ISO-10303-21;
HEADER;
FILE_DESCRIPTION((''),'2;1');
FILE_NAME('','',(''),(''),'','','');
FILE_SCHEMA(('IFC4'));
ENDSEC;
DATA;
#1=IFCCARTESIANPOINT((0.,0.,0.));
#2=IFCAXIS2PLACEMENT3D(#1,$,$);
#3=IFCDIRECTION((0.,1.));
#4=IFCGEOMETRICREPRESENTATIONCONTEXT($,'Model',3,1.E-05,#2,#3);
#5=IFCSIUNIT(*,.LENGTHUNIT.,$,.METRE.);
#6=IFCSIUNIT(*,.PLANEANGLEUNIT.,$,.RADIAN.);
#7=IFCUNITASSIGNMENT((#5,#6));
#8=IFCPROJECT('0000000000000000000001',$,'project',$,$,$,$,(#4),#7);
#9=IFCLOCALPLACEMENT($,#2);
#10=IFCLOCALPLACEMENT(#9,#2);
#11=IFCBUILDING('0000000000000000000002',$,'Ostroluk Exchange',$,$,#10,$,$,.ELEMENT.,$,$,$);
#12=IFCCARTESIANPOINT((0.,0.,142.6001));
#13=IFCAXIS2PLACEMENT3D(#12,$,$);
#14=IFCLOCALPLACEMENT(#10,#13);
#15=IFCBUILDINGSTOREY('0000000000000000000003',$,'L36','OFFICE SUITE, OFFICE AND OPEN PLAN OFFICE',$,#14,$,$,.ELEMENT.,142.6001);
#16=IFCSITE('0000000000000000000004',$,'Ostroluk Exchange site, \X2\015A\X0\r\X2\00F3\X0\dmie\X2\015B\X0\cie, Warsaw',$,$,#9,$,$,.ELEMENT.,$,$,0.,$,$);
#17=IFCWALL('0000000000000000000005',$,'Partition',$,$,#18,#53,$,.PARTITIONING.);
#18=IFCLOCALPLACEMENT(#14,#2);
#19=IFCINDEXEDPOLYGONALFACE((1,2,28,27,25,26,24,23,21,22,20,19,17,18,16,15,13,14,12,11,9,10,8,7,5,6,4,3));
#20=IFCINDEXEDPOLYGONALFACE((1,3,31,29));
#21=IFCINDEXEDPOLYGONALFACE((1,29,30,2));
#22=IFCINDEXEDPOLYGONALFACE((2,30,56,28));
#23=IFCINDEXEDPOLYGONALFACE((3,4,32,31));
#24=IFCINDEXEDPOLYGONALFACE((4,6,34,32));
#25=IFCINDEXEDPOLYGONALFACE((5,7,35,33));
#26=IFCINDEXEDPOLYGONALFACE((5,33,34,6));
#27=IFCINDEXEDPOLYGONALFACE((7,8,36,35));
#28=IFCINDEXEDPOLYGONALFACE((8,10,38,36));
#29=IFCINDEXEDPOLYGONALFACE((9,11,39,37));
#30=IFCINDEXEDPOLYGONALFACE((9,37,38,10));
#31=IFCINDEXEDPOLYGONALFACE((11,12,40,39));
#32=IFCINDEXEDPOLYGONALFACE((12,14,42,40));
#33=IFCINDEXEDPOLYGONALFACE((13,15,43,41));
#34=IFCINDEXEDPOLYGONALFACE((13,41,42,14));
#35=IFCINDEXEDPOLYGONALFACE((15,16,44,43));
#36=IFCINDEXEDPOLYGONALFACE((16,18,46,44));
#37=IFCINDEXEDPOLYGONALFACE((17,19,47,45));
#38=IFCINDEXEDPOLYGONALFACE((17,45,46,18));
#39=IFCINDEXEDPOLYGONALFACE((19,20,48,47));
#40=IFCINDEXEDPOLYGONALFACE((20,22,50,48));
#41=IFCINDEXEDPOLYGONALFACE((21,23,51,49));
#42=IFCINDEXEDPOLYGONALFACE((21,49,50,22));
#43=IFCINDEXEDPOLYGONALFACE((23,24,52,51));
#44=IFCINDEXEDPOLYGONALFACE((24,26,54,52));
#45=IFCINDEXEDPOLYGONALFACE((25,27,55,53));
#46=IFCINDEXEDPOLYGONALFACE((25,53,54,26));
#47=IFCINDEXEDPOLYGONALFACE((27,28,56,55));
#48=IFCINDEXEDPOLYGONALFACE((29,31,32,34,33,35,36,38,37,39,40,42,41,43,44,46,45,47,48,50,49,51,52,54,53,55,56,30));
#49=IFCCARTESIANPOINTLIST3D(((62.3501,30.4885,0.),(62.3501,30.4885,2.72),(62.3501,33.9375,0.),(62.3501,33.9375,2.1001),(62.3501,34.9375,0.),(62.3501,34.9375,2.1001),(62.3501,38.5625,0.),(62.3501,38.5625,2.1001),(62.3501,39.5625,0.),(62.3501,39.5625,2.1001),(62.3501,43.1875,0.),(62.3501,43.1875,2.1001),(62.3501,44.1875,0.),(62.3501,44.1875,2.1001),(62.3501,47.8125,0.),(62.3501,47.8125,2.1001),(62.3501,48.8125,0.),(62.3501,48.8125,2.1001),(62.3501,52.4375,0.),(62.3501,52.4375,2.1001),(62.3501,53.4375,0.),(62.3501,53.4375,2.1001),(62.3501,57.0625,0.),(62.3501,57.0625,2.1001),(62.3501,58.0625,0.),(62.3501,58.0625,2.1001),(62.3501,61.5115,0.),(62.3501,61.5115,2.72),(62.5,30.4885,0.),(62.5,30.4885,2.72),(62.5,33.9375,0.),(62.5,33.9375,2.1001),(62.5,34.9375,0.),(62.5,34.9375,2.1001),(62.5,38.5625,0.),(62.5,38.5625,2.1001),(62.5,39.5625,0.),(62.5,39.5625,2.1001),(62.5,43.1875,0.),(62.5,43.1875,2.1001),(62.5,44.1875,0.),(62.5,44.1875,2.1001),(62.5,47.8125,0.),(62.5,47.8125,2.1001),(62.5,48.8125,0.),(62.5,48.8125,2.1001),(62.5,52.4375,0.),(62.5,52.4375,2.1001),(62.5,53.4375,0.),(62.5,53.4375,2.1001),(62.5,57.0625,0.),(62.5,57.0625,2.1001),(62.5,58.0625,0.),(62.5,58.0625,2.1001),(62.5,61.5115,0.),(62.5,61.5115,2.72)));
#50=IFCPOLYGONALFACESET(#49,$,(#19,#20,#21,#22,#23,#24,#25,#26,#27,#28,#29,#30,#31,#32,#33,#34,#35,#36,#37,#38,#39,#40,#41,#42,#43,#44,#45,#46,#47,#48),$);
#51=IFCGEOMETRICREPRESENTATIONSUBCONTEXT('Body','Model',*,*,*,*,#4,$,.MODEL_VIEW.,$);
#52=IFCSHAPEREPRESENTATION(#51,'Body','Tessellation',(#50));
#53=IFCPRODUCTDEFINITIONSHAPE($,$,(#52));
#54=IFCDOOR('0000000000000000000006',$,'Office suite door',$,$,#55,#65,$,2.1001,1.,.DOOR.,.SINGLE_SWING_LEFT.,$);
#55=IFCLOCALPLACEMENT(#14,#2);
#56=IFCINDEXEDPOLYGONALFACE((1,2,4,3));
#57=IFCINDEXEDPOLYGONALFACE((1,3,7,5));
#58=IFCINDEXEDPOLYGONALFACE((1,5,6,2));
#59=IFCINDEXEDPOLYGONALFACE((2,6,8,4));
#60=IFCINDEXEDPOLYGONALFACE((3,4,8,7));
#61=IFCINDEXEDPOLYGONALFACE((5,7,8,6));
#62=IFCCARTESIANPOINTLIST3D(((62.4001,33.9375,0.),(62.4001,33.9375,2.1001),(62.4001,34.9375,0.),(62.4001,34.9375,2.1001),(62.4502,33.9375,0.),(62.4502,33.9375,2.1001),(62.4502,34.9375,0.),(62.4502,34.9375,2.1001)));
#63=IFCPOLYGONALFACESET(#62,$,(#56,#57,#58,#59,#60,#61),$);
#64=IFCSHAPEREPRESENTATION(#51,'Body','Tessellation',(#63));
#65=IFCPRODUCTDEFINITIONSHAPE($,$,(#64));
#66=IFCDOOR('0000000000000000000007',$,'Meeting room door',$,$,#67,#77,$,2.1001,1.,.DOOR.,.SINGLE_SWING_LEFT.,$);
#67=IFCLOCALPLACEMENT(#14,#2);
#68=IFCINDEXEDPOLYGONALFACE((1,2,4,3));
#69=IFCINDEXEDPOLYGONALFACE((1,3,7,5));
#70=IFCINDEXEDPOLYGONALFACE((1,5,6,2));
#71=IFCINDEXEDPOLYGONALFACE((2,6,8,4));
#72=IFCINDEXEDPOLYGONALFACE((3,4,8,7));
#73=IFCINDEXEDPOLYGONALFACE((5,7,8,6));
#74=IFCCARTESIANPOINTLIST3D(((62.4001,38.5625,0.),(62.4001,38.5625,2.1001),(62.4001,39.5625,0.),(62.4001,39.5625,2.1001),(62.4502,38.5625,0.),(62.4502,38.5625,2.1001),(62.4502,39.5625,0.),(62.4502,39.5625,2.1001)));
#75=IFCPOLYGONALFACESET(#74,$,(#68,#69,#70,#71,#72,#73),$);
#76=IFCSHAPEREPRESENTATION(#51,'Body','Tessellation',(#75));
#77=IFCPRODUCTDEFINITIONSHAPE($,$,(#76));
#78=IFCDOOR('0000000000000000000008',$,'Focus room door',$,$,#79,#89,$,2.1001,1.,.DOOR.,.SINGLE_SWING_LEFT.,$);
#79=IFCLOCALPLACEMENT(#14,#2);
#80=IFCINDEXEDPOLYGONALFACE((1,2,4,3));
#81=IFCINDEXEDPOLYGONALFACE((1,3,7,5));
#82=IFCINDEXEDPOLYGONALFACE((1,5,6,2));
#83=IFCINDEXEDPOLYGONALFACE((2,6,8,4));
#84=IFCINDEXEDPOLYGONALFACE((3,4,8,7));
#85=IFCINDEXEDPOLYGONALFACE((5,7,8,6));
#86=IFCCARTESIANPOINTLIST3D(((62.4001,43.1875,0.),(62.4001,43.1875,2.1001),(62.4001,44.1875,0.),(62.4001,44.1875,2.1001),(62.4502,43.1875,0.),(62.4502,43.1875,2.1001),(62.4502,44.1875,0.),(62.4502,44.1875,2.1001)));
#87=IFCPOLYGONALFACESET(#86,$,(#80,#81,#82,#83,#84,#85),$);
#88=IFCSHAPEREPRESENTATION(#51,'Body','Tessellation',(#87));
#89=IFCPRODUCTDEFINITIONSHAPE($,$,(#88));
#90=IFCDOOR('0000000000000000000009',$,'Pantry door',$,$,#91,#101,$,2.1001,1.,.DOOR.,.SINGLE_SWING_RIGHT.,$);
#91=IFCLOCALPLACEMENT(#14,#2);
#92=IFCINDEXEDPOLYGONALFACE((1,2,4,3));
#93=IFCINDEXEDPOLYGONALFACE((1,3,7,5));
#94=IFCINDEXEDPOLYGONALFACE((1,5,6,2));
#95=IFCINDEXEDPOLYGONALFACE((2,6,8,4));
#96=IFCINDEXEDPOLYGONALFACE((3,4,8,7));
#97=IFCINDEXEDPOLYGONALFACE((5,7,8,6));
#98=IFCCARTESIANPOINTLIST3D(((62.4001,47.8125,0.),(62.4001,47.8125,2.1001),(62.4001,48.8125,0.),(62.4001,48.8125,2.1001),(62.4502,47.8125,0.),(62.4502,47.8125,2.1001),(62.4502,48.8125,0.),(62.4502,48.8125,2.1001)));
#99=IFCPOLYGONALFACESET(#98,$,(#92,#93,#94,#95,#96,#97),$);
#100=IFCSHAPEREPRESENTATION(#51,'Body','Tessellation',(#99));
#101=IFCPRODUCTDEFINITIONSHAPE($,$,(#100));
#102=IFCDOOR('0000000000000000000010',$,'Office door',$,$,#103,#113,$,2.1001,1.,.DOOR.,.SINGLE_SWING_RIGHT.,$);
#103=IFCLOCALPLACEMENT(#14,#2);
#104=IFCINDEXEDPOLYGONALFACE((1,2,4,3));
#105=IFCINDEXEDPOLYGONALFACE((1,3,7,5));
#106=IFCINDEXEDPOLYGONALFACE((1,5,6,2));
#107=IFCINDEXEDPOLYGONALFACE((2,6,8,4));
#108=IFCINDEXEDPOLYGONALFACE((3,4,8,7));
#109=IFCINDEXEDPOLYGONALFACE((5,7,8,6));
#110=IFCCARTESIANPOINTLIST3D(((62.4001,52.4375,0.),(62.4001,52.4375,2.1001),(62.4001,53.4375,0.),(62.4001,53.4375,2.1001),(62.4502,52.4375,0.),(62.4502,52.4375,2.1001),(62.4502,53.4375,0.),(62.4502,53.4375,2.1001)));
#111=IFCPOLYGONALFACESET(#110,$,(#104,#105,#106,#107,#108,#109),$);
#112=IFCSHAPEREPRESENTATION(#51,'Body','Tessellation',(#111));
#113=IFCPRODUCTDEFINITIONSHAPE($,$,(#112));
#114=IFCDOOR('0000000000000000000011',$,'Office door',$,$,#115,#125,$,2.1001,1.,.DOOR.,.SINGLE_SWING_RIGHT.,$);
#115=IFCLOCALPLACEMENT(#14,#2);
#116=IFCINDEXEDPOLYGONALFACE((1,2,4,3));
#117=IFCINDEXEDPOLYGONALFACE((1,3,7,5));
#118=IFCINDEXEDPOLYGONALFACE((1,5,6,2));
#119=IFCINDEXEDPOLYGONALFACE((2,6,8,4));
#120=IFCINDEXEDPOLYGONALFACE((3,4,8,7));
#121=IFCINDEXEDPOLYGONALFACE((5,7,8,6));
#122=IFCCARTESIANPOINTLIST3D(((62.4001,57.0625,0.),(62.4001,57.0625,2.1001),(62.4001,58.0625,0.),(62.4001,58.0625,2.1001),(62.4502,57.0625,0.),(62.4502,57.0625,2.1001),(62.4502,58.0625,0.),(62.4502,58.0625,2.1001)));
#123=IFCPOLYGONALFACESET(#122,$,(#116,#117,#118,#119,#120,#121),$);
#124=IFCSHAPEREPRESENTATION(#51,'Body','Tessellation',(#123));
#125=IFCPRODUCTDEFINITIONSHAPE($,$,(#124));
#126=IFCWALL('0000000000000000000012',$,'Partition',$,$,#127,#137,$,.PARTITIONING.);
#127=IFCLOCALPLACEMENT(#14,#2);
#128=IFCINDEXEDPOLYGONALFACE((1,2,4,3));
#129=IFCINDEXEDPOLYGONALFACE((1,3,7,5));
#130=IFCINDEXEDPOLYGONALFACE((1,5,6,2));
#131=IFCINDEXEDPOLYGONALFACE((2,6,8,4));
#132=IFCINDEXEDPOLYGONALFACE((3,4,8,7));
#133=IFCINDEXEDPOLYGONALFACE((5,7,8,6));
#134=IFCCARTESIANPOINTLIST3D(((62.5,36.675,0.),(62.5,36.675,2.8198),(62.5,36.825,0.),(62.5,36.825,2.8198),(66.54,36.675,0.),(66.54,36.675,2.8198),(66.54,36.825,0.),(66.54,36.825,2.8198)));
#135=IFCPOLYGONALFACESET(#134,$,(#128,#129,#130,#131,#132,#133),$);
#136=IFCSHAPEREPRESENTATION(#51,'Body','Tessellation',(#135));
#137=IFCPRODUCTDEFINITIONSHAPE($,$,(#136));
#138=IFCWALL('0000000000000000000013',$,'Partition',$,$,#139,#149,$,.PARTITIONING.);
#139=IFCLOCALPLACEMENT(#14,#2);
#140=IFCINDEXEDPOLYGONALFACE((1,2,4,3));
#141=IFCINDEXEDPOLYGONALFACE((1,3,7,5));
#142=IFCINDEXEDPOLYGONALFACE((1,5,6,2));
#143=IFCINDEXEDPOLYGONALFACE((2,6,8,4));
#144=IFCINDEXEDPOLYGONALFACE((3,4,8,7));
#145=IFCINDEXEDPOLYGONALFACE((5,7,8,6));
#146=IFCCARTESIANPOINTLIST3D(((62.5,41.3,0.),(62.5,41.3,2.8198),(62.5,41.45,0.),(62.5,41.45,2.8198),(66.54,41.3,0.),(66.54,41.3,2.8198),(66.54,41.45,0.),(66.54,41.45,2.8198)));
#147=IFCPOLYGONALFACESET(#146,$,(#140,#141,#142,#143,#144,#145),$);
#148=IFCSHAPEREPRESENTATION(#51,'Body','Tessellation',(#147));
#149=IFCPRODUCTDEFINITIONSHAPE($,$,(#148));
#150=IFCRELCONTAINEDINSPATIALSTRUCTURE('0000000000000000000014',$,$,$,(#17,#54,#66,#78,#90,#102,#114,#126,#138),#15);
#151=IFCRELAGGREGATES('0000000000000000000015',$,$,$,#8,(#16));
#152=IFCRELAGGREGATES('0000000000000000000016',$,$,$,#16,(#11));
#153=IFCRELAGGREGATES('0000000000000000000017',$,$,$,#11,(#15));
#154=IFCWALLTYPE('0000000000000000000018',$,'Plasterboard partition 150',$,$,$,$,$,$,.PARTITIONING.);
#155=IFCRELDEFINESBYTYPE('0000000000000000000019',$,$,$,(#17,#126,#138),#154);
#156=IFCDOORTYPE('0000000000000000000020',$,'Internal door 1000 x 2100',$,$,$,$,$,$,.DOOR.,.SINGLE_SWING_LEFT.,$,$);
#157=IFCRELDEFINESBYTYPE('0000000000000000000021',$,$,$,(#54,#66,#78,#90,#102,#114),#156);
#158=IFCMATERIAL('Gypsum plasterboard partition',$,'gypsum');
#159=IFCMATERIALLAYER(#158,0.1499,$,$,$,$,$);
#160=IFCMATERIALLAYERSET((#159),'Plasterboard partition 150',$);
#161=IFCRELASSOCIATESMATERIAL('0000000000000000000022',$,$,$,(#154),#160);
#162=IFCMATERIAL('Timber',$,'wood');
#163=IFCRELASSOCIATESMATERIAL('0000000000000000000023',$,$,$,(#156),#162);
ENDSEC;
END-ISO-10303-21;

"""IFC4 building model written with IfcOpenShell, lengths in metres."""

from ifc_helpers import new_model, si_unit, direction, frame, frame_2d, origin, place, context, subcontext, project, spatial, rectangle, extrude, material, layer, layer_set, type_object, element, fill, save


model = new_model("IFC4")

# Units and contexts
model_context = context("Model", 3, precision=1e-05, world=origin(), true_north=direction((0.0, 1.0)))
body_context = subcontext(model_context, "Body", "Model", "MODEL_VIEW")
ifc_project = project(units=[si_unit("LENGTHUNIT", "METRE"), si_unit("PLANEANGLEUNIT", "RADIAN")], contexts=[model_context])

# Site, building, storey
site_placement = place(None, origin())
site = spatial("IfcSite", under=ifc_project, at=site_placement, Name="Ostroluk Exchange site, Śródmieście, Warsaw", CompositionType="ELEMENT", RefElevation=0.0)
building_placement = place(site_placement, origin())
building = spatial("IfcBuilding", under=site, at=building_placement, Name="Ostroluk Exchange", CompositionType="ELEMENT")
storey_placement = place(building_placement, frame((0.0, 0.0, 142.6001)))
storey = spatial("IfcBuildingStorey", under=building, at=storey_placement, Name="L36", Description="OFFICE SUITE, OFFICE AND OPEN PLAN OFFICE", CompositionType="ELEMENT", Elevation=142.6001)

# Shared definitions
ifc_material_1 = material(Name="Gypsum plasterboard partition", Category="gypsum")
ifc_layer_1 = layer(ifc_material_1, 0.1499)
ifc_layer_set_1 = layer_set([ifc_layer_1], Name="Plasterboard partition 150")
wall_type = type_object("IfcWallType", Name="Plasterboard partition 150", PredefinedType="PARTITIONING", material=ifc_layer_set_1)
ifc_material_2 = material(Name="Timber", Category="wood")
door_type = type_object("IfcDoorType", Name="Internal door 1000 x 2100", OperationType="SINGLE_SWING_LEFT", PredefinedType="DOOR", material=ifc_material_2)

# Wall, openings, doors
wall_1_placement = place(storey_placement, frame((62.425, 30.4885, 0.0), z_axis=(0.0, 0.0, 1.0), x_axis=(0.0, 1.0, 0.0)))
wall_1 = element("IfcWall", 1, at=wall_1_placement, inside=storey, type_object=wall_type, Name="Partition", PredefinedType="PARTITIONING", context=body_context, shape_type="SweptSolid", body=[
    extrude(rectangle(XDim=31.0229, YDim=0.1499, at=frame_2d((15.5115, 0.0))), origin(), (0.0, 0.0, 1.0), 2.72),
])
opening_1_placement = place(wall_1_placement, frame((3.449, 0.0, 0.0)))
opening_1 = element("IfcOpeningElement", 2, at=opening_1_placement, cuts=wall_1, PredefinedType="OPENING", context=body_context, shape_type="SweptSolid", body=[
    extrude(rectangle(XDim=1.0, YDim=2.1001, at=frame_2d((0.5, 1.05))), frame((0.0, 0.085, 0.0), z_axis=(0.0, -1.0, 0.0), x_axis=(1.0, 0.0, 0.0)), (0.0, 0.0, 1.0), 0.1699),
])
opening_2_placement = place(wall_1_placement, frame((8.074, 0.0, 0.0)))
opening_2 = element("IfcOpeningElement", 3, at=opening_2_placement, cuts=wall_1, PredefinedType="OPENING", context=body_context, shape_type="SweptSolid", body=[
    extrude(rectangle(XDim=1.0, YDim=2.1001, at=frame_2d((0.5, 1.05))), frame((0.0, 0.085, 0.0), z_axis=(0.0, -1.0, 0.0), x_axis=(1.0, 0.0, 0.0)), (0.0, 0.0, 1.0), 0.1699),
])
opening_3_placement = place(wall_1_placement, frame((12.699, 0.0, 0.0)))
opening_3 = element("IfcOpeningElement", 4, at=opening_3_placement, cuts=wall_1, PredefinedType="OPENING", context=body_context, shape_type="SweptSolid", body=[
    extrude(rectangle(XDim=1.0, YDim=2.1001, at=frame_2d((0.5, 1.05))), frame((0.0, 0.085, 0.0), z_axis=(0.0, -1.0, 0.0), x_axis=(1.0, 0.0, 0.0)), (0.0, 0.0, 1.0), 0.1699),
])
opening_4_placement = place(wall_1_placement, frame((17.324, 0.0, 0.0)))
opening_4 = element("IfcOpeningElement", 5, at=opening_4_placement, cuts=wall_1, PredefinedType="OPENING", context=body_context, shape_type="SweptSolid", body=[
    extrude(rectangle(XDim=1.0, YDim=2.1001, at=frame_2d((0.5, 1.05))), frame((0.0, 0.085, 0.0), z_axis=(0.0, -1.0, 0.0), x_axis=(1.0, 0.0, 0.0)), (0.0, 0.0, 1.0), 0.1699),
])
opening_5_placement = place(wall_1_placement, frame((21.949, 0.0, 0.0)))
opening_5 = element("IfcOpeningElement", 6, at=opening_5_placement, cuts=wall_1, PredefinedType="OPENING", context=body_context, shape_type="SweptSolid", body=[
    extrude(rectangle(XDim=1.0, YDim=2.1001, at=frame_2d((0.5, 1.05))), frame((0.0, 0.085, 0.0), z_axis=(0.0, -1.0, 0.0), x_axis=(1.0, 0.0, 0.0)), (0.0, 0.0, 1.0), 0.1699),
])
opening_6_placement = place(wall_1_placement, frame((26.574, 0.0, 0.0)))
opening_6 = element("IfcOpeningElement", 7, at=opening_6_placement, cuts=wall_1, PredefinedType="OPENING", context=body_context, shape_type="SweptSolid", body=[
    extrude(rectangle(XDim=1.0, YDim=2.1001, at=frame_2d((0.5, 1.05))), frame((0.0, 0.085, 0.0), z_axis=(0.0, -1.0, 0.0), x_axis=(1.0, 0.0, 0.0)), (0.0, 0.0, 1.0), 0.1699),
])
door_1_placement = place(opening_1_placement, origin())
door_1 = element("IfcDoor", 8, at=door_1_placement, inside=storey, type_object=door_type, Name="Office suite door", OperationType="SINGLE_SWING_LEFT", OverallHeight=2.1001, OverallWidth=1.0, PredefinedType="DOOR", context=body_context, shape_type="SweptSolid", body=[
    extrude(rectangle(XDim=1.0, YDim=2.1001, at=frame_2d((0.5, 1.05))), frame((0.0, 0.0249, 0.0), z_axis=(0.0, -1.0, 0.0), x_axis=(1.0, 0.0, 0.0)), (0.0, 0.0, 1.0), 0.05),
])
fill(opening_1, door_1)
door_2_placement = place(opening_2_placement, origin())
door_2 = element("IfcDoor", 9, at=door_2_placement, inside=storey, type_object=door_type, Name="Meeting room door", OperationType="SINGLE_SWING_LEFT", OverallHeight=2.1001, OverallWidth=1.0, PredefinedType="DOOR", context=body_context, shape_type="SweptSolid", body=[
    extrude(rectangle(XDim=1.0, YDim=2.1001, at=frame_2d((0.5, 1.05))), frame((0.0, 0.0249, 0.0), z_axis=(0.0, -1.0, 0.0), x_axis=(1.0, 0.0, 0.0)), (0.0, 0.0, 1.0), 0.05),
])
fill(opening_2, door_2)
door_3_placement = place(opening_3_placement, origin())
door_3 = element("IfcDoor", 10, at=door_3_placement, inside=storey, type_object=door_type, Name="Focus room door", OperationType="SINGLE_SWING_LEFT", OverallHeight=2.1001, OverallWidth=1.0, PredefinedType="DOOR", context=body_context, shape_type="SweptSolid", body=[
    extrude(rectangle(XDim=1.0, YDim=2.1001, at=frame_2d((0.5, 1.05))), frame((0.0, 0.0249, 0.0), z_axis=(0.0, -1.0, 0.0), x_axis=(1.0, 0.0, 0.0)), (0.0, 0.0, 1.0), 0.05),
])
fill(opening_3, door_3)
door_4_placement = place(opening_4_placement, origin())
door_4 = element("IfcDoor", 11, at=door_4_placement, inside=storey, type_object=door_type, Name="Pantry door", OperationType="SINGLE_SWING_RIGHT", OverallHeight=2.1001, OverallWidth=1.0, PredefinedType="DOOR", context=body_context, shape_type="SweptSolid", body=[
    extrude(rectangle(XDim=1.0, YDim=2.1001, at=frame_2d((0.5, 1.05))), frame((0.0, 0.0249, 0.0), z_axis=(0.0, -1.0, 0.0), x_axis=(1.0, 0.0, 0.0)), (0.0, 0.0, 1.0), 0.05),
])
fill(opening_4, door_4)
door_5_placement = place(opening_5_placement, origin())
door_5 = element("IfcDoor", 12, at=door_5_placement, inside=storey, type_object=door_type, Name="Office door", OperationType="SINGLE_SWING_RIGHT", OverallHeight=2.1001, OverallWidth=1.0, PredefinedType="DOOR", context=body_context, shape_type="SweptSolid", body=[
    extrude(rectangle(XDim=1.0, YDim=2.1001, at=frame_2d((0.5, 1.05))), frame((0.0, 0.0249, 0.0), z_axis=(0.0, -1.0, 0.0), x_axis=(1.0, 0.0, 0.0)), (0.0, 0.0, 1.0), 0.05),
])
fill(opening_5, door_5)
door_6_placement = place(opening_6_placement, origin())
door_6 = element("IfcDoor", 13, at=door_6_placement, inside=storey, type_object=door_type, Name="Office door", OperationType="SINGLE_SWING_RIGHT", OverallHeight=2.1001, OverallWidth=1.0, PredefinedType="DOOR", context=body_context, shape_type="SweptSolid", body=[
    extrude(rectangle(XDim=1.0, YDim=2.1001, at=frame_2d((0.5, 1.05))), frame((0.0, 0.0249, 0.0), z_axis=(0.0, -1.0, 0.0), x_axis=(1.0, 0.0, 0.0)), (0.0, 0.0, 1.0), 0.05),
])
fill(opening_6, door_6)

# Walls
for number, where, z_axis, x_axis, name in (
    (14, (62.5, 36.75, 0.0), (0.0, 0.0, 1.0), (1.0, 0.0, 0.0), "Partition"),
    (15, (62.5, 41.375, 0.0), (0.0, 0.0, 1.0), (1.0, 0.0, 0.0), "Partition"),
):
    element("IfcWall", number, at=place(storey_placement, frame(where, z_axis=z_axis, x_axis=x_axis)), inside=storey, type_object=wall_type, Name=name, PredefinedType="PARTITIONING", context=body_context, shape_type="SweptSolid", body=[
        extrude(rectangle(XDim=4.04, YDim=0.1499, at=frame_2d((2.02, 0.0))), origin(), (0.0, 0.0, 1.0), 2.8198),
    ])

save(model, "model.ifc")
